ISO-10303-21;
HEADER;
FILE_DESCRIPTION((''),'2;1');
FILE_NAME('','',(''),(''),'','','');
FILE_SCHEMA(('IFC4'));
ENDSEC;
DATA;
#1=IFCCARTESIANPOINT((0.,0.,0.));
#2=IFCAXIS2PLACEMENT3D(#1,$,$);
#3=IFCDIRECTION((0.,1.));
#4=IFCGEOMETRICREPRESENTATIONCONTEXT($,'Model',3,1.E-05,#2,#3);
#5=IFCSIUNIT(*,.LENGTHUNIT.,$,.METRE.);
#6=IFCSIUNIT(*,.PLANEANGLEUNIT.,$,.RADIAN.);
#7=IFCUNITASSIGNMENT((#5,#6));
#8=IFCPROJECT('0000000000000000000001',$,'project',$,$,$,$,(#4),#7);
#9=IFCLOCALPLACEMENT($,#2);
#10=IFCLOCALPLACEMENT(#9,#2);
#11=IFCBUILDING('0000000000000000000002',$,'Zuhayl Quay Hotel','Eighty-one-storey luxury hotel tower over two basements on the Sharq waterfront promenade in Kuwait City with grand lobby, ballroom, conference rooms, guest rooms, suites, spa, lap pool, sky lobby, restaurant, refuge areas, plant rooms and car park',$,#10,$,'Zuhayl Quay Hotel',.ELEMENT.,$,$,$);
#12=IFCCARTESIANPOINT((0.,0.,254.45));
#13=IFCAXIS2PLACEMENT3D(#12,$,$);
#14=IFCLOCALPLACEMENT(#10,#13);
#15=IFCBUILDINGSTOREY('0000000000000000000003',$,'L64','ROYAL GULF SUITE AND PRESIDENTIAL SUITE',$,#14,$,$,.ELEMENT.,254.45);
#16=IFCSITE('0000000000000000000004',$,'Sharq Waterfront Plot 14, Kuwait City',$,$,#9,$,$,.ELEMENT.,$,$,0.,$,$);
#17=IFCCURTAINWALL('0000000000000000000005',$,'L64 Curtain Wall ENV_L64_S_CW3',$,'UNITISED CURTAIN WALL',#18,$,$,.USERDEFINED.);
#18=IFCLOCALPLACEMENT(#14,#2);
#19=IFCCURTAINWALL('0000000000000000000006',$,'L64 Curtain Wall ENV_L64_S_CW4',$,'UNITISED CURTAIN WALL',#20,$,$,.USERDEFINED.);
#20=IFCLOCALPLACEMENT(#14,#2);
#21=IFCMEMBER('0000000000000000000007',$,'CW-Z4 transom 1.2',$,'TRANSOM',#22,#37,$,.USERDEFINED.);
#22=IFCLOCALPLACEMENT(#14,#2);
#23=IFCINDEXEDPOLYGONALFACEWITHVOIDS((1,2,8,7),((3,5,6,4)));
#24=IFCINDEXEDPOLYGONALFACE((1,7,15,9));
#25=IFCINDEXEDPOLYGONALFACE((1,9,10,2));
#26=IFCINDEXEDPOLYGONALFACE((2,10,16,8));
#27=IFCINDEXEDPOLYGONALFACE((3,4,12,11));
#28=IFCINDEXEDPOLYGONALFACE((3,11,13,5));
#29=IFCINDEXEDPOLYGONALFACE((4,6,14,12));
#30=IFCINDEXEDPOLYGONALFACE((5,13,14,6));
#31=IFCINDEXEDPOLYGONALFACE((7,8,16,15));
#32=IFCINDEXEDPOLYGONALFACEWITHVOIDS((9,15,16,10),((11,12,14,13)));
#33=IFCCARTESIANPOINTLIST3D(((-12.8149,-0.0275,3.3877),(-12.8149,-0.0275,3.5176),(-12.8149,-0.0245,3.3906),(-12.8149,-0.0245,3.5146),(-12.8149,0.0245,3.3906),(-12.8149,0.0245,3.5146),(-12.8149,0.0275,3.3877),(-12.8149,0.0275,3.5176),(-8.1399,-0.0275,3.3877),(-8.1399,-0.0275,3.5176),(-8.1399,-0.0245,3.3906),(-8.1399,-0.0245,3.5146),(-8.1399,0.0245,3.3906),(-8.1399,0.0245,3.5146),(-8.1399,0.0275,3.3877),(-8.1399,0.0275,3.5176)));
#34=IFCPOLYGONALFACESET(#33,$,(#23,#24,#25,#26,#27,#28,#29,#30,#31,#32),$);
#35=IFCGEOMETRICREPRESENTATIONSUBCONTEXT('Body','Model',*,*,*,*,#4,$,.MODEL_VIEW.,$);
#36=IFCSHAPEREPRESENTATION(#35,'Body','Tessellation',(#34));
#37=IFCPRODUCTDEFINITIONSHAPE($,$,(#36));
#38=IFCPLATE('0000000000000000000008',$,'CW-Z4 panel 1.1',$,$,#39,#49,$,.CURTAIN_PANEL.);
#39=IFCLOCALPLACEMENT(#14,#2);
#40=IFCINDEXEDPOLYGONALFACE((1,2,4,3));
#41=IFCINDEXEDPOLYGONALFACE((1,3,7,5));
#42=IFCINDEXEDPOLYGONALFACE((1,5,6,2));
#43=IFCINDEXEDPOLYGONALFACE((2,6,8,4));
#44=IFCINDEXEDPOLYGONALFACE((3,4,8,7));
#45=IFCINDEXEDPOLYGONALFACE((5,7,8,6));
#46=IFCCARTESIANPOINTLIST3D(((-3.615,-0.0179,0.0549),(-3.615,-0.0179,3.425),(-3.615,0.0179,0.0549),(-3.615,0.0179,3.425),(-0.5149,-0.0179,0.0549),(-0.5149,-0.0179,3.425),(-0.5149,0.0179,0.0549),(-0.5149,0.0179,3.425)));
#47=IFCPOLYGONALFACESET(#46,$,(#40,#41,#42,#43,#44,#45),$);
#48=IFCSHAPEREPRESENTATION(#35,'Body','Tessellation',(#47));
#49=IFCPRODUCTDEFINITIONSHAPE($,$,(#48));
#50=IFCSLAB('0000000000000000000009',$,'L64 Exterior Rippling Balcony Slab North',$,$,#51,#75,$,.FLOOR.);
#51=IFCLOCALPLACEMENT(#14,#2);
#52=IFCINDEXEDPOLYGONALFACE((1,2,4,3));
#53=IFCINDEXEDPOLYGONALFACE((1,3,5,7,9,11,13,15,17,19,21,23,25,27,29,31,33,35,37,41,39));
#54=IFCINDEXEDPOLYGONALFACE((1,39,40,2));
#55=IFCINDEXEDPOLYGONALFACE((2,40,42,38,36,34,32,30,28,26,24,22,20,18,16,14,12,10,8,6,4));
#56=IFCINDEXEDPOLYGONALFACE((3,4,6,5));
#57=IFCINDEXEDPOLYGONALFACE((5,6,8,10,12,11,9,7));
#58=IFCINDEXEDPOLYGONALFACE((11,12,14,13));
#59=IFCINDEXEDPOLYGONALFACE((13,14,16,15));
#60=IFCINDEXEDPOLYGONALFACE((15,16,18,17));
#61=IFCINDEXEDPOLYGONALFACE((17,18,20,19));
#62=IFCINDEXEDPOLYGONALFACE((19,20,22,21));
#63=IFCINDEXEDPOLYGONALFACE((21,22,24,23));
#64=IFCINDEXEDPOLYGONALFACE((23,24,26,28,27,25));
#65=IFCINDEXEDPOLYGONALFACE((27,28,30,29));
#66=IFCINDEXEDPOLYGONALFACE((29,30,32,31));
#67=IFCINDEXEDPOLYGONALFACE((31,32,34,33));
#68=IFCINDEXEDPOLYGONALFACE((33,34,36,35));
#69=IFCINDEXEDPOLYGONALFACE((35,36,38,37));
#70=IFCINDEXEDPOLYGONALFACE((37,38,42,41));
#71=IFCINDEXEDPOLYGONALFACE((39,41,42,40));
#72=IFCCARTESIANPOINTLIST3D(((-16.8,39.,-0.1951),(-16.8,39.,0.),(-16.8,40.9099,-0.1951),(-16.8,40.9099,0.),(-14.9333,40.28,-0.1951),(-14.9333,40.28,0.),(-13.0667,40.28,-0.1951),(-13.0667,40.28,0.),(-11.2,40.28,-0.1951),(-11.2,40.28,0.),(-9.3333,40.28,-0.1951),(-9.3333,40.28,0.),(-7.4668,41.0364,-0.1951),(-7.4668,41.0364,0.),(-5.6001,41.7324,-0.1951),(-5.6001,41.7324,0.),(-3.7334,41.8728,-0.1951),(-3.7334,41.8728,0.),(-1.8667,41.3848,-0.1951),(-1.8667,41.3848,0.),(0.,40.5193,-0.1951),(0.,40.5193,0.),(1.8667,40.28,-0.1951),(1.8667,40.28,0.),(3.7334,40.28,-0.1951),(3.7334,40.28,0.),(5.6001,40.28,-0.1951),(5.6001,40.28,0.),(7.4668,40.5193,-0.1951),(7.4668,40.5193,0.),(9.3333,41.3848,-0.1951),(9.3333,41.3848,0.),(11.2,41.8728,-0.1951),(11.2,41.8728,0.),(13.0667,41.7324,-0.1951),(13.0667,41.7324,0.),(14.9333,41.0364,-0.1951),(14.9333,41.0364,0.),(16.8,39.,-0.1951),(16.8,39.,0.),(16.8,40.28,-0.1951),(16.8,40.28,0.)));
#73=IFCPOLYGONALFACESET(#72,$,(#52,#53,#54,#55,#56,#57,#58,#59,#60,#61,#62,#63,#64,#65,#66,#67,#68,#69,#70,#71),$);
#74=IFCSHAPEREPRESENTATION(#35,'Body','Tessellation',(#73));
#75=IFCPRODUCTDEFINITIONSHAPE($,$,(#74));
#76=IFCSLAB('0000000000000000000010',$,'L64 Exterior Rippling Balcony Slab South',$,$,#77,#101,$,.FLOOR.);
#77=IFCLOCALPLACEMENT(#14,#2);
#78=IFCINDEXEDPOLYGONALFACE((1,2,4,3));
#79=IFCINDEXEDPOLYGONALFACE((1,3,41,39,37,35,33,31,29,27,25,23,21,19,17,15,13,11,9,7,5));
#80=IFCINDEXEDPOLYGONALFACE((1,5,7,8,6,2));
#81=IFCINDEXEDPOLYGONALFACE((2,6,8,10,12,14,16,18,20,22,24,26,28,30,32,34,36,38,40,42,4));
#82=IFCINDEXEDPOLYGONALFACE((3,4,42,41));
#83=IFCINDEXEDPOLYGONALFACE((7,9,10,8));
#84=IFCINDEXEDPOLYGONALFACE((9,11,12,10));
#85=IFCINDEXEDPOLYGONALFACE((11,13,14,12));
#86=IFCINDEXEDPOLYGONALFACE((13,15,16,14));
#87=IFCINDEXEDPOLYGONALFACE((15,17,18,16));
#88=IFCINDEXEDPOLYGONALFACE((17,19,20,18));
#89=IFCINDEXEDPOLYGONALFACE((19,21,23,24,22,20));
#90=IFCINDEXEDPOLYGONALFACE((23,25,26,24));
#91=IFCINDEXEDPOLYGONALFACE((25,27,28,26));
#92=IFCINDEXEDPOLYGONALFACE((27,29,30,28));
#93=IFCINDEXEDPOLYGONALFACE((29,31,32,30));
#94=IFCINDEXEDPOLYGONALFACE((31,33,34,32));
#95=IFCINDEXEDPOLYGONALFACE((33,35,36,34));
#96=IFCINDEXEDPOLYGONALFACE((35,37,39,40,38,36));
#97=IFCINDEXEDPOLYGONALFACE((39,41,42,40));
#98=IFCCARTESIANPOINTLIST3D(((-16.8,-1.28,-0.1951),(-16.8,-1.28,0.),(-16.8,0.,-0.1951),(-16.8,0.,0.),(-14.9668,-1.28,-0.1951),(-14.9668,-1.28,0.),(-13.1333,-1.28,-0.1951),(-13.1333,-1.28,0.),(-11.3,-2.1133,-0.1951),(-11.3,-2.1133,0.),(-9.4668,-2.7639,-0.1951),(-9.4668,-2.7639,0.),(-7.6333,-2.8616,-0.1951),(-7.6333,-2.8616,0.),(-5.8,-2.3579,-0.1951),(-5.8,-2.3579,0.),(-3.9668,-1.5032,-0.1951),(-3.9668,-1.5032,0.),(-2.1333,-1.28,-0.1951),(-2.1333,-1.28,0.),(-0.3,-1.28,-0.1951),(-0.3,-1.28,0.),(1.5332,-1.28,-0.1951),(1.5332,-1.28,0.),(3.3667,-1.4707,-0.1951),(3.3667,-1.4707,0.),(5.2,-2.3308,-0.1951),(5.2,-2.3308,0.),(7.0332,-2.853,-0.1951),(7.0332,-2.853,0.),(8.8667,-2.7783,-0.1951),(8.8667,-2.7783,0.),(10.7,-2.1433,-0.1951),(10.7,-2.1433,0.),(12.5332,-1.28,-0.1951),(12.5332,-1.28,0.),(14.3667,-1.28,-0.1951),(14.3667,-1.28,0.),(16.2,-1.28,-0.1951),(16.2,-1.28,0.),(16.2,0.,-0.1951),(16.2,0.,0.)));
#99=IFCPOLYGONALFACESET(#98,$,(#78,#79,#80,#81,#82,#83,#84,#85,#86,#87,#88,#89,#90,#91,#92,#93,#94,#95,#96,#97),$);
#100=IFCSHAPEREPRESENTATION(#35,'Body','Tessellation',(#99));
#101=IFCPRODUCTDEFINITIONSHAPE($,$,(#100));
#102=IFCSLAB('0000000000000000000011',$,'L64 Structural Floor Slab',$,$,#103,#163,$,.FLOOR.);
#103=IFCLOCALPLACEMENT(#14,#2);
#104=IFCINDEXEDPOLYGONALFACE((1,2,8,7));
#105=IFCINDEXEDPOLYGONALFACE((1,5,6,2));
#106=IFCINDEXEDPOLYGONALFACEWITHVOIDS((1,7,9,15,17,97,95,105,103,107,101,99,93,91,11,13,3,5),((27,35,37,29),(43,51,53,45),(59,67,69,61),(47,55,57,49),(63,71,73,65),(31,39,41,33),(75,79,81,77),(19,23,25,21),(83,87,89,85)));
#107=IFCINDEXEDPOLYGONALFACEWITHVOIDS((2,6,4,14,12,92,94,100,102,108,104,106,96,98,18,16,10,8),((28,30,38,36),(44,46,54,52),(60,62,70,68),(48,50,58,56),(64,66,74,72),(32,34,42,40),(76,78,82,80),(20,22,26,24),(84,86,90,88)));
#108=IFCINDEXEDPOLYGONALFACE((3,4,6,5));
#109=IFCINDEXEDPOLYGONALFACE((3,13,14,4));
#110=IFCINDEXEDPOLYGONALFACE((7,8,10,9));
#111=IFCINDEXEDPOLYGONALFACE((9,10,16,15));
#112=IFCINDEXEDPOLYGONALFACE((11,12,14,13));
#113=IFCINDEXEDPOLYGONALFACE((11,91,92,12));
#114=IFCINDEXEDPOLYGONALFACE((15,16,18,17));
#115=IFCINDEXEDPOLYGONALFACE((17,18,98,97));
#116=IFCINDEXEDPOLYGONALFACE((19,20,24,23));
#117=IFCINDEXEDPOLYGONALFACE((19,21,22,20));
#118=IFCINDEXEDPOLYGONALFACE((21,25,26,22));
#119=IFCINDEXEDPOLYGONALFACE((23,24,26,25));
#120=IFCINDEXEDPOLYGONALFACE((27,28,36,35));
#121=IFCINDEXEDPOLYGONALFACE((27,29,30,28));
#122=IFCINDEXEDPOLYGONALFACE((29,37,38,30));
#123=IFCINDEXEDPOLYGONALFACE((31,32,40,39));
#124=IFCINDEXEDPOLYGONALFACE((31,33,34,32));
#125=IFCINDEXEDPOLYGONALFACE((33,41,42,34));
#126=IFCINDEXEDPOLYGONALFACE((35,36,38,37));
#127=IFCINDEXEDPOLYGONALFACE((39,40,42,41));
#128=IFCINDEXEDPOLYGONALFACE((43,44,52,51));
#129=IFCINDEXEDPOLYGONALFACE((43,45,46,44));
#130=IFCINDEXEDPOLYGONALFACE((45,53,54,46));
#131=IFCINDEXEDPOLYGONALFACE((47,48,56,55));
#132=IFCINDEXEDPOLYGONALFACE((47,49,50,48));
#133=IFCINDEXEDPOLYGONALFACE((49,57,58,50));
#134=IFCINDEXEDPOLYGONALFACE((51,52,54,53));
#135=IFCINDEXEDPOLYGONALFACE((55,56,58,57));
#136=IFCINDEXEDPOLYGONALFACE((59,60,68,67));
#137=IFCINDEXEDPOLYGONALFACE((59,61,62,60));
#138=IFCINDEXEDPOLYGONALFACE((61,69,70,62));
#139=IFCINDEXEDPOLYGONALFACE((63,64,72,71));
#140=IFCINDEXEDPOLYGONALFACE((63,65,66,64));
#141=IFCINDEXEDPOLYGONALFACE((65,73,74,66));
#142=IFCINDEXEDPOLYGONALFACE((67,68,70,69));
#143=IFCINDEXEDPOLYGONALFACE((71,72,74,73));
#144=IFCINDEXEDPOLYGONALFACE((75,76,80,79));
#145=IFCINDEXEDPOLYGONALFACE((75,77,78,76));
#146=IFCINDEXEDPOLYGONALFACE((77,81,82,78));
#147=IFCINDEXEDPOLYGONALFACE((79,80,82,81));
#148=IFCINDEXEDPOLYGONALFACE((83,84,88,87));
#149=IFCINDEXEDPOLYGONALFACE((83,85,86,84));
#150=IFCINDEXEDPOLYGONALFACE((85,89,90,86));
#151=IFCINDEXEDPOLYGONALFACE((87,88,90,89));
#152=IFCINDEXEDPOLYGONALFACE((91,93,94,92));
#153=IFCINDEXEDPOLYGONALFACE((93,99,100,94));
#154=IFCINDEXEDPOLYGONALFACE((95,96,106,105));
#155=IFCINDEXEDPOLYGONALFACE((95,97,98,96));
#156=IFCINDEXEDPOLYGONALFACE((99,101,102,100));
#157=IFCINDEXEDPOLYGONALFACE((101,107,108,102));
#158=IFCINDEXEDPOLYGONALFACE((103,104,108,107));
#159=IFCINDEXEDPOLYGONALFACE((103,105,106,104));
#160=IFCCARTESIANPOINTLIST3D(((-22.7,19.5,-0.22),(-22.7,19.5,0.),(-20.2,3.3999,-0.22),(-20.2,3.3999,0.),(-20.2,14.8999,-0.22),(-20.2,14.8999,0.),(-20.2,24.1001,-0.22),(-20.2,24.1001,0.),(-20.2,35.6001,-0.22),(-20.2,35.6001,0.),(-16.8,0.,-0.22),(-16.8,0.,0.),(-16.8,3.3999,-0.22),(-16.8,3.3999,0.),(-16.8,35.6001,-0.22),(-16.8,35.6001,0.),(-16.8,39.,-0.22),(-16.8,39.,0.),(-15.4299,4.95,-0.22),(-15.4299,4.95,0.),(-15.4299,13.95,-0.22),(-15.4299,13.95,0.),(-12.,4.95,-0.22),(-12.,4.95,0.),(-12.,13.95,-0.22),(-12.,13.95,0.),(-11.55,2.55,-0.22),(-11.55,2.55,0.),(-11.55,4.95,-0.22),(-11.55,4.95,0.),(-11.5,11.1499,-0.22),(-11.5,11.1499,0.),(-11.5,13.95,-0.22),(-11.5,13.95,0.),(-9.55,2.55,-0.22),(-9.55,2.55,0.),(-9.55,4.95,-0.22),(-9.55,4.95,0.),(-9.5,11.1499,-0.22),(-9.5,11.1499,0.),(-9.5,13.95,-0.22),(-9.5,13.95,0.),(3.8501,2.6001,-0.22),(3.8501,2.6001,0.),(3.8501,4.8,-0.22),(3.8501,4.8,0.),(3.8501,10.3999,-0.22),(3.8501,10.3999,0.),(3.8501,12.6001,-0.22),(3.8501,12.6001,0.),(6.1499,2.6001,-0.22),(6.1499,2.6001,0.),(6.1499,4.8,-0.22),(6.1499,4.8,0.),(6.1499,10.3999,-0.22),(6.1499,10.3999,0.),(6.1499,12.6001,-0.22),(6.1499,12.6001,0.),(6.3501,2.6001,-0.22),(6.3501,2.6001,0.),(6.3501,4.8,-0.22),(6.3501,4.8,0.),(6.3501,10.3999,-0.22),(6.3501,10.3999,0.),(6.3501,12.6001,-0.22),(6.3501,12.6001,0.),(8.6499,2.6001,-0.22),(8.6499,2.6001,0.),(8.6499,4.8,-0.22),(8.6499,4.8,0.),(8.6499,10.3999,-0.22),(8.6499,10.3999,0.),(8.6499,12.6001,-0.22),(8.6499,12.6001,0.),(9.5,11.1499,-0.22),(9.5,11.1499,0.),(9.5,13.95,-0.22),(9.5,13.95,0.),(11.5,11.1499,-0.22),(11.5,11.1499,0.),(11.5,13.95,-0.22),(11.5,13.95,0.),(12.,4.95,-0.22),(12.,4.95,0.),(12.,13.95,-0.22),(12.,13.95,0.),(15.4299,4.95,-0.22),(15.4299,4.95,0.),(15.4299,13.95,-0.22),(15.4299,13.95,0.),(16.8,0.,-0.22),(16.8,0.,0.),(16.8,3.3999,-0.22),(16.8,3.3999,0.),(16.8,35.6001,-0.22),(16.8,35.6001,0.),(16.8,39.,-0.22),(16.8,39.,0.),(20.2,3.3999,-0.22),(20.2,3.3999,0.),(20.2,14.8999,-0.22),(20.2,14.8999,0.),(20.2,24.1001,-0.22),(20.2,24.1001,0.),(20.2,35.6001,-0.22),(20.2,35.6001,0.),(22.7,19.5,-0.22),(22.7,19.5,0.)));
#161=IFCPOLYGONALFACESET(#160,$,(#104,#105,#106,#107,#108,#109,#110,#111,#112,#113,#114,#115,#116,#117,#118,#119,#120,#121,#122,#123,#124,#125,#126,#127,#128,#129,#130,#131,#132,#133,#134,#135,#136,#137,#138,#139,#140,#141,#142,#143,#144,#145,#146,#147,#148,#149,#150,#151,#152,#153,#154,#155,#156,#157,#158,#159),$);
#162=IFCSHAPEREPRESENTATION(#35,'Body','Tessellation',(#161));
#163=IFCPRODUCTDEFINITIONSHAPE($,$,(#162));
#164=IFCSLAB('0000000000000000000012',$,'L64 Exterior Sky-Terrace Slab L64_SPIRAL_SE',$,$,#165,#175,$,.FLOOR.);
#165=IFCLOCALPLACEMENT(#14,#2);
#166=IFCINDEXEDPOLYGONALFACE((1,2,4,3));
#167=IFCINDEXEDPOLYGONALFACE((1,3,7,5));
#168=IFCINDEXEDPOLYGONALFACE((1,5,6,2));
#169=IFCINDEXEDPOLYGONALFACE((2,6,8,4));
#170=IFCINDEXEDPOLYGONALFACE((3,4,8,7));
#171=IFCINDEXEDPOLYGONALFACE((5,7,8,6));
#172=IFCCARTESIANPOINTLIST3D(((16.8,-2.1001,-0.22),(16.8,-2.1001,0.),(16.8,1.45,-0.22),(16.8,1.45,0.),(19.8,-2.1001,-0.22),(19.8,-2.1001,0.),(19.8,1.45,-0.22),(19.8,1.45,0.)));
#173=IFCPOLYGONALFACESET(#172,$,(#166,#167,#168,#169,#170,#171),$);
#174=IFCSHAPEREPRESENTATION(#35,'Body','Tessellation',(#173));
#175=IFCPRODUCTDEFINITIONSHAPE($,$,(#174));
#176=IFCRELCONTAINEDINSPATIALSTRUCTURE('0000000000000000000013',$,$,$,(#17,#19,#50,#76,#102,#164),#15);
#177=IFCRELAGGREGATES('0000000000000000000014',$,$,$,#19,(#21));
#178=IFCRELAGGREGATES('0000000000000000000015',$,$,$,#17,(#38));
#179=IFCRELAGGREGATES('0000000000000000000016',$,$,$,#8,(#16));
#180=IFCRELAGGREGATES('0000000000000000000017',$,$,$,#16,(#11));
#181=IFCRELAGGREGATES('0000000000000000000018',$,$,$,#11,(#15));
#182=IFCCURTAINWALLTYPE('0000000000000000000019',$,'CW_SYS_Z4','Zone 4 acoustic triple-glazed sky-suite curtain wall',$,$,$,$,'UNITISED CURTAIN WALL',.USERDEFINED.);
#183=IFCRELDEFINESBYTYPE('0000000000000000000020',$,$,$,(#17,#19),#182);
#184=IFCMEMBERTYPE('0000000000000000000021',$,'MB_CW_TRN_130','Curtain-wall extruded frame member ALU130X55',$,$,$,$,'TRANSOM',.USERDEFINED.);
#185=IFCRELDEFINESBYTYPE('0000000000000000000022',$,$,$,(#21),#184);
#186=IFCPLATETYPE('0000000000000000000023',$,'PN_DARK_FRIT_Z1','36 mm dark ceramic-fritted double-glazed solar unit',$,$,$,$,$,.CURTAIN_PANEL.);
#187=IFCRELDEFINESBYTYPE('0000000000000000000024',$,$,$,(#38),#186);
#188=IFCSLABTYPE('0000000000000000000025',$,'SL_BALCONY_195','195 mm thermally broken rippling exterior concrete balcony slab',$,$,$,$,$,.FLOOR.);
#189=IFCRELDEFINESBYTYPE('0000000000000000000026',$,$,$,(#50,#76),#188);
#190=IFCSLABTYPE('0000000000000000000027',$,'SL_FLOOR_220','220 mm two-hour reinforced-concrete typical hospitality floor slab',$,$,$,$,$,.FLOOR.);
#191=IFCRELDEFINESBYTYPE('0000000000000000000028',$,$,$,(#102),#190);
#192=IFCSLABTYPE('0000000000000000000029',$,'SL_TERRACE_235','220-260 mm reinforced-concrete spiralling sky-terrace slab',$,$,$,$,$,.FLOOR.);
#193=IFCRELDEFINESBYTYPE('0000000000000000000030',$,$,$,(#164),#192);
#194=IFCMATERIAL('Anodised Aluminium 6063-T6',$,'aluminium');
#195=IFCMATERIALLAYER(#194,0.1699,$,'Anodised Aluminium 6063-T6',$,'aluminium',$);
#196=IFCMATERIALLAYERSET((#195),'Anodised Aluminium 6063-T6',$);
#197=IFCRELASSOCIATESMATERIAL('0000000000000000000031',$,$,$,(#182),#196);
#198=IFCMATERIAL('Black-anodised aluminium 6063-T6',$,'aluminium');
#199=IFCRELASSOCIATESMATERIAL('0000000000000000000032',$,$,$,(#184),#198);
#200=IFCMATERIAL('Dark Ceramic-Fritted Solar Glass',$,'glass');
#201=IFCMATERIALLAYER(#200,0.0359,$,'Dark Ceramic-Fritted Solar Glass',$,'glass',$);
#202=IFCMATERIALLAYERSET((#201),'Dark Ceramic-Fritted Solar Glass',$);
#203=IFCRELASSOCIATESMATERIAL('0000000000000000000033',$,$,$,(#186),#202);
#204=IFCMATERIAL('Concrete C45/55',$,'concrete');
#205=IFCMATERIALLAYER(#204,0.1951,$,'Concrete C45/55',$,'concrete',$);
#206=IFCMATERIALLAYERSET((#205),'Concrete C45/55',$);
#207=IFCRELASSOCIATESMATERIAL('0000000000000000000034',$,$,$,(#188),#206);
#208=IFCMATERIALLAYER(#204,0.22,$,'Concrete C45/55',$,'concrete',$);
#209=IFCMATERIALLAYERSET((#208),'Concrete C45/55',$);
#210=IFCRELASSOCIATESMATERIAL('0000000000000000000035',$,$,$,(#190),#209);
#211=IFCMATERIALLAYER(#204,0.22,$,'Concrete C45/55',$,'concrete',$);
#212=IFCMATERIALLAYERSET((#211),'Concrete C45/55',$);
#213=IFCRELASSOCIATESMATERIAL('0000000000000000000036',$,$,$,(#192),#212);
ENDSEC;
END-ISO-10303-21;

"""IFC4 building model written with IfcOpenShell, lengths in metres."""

from ifc_helpers import new_model, si_unit, direction, frame, origin, origin_2d, place, context, subcontext, project, spatial, polyline, rectangle, hollow_rectangle, outline, extrude, material, layer, layer_set, material_profile, profile_set, type_object, element, aggregate, save


model = new_model("IFC4")

# Units and contexts
model_context = context("Model", 3, precision=1e-05, world=origin(), true_north=direction((0.0, 1.0)))
body_context = subcontext(model_context, "Body", "Model", "MODEL_VIEW")
ifc_project = project(units=[si_unit("LENGTHUNIT", "METRE"), si_unit("PLANEANGLEUNIT", "RADIAN")], contexts=[model_context])

# Site, building, storey
site_placement = place(None, origin())
site = spatial("IfcSite", under=ifc_project, at=site_placement, Name="Sharq Waterfront Plot 14, Kuwait City", CompositionType="ELEMENT", RefElevation=0.0)
building_placement = place(site_placement, origin())
building = spatial("IfcBuilding", under=site, at=building_placement, Name="Zuhayl Quay Hotel", Description="Eighty-one-storey luxury hotel tower over two basements on the Sharq waterfront promenade in Kuwait City with grand lobby, ballroom, conference rooms, guest rooms, suites, spa, lap pool, sky lobby, restaurant, refuge areas, plant rooms and car park", LongName="Zuhayl Quay Hotel", CompositionType="ELEMENT")
storey_placement = place(building_placement, frame((0.0, 0.0, 254.45)))
storey = spatial("IfcBuildingStorey", under=building, at=storey_placement, Name="L64", Description="ROYAL GULF SUITE AND PRESIDENTIAL SUITE", CompositionType="ELEMENT", Elevation=254.45)

# Curtain wall
ifc_material_1 = material(Name="Anodised Aluminium 6063-T6", Category="aluminium")
ifc_layer_1 = layer(ifc_material_1, 0.1699, Name="Anodised Aluminium 6063-T6", Category="aluminium")
ifc_layer_set_1 = layer_set([ifc_layer_1], Name="Anodised Aluminium 6063-T6")
curtain_wall_type = type_object("IfcCurtainWallType", Name="CW_SYS_Z4", Description="Zone 4 acoustic triple-glazed sky-suite curtain wall", ElementType="UNITISED CURTAIN WALL", PredefinedType="USERDEFINED", material=ifc_layer_set_1)
curtain_wall_1_placement = place(storey_placement, origin())
curtain_wall_1 = element("IfcCurtainWall", 1, at=curtain_wall_1_placement, inside=storey, type_object=curtain_wall_type, Name="L64 Curtain Wall ENV_L64_S_CW3", ObjectType="UNITISED CURTAIN WALL", PredefinedType="USERDEFINED")
ifc_material_2 = material(Name="Black-anodised aluminium 6063-T6", Category="aluminium")

# Curtain wall
curtain_wall_2_placement = place(storey_placement, origin())
curtain_wall_2 = element("IfcCurtainWall", 2, at=curtain_wall_2_placement, inside=storey, type_object=curtain_wall_type, Name="L64 Curtain Wall ENV_L64_S_CW4", ObjectType="UNITISED CURTAIN WALL", PredefinedType="USERDEFINED")

# Member
ifc_material_profile_1 = material_profile(ifc_material_2, hollow_rectangle(XDim=0.0549, YDim=0.1299, WallThickness=0.0029, at=origin_2d()), Name="ALU130X55")
ifc_profile_set_1 = profile_set([ifc_material_profile_1], Name="Black-anodised aluminium 6063-T6")
member_type_1 = type_object("IfcMemberType", Name="MB_CW_TRN_130", Description="Curtain-wall extruded frame member ALU130X55", ElementType="TRANSOM", PredefinedType="USERDEFINED", material=ifc_profile_set_1)
member_1_placement = place(storey_placement, frame((-8.1399, 0.0, 3.4526), z_axis=(-1.0, 0.0, 0.0), x_axis=(0.0, -1.0, 0.0)))
member_1 = element("IfcMember", 3, at=member_1_placement, type_object=member_type_1, Name="CW-Z4 transom 1.2", ObjectType="TRANSOM", PredefinedType="USERDEFINED", context=body_context, shape_type="SweptSolid", body=[
    extrude(hollow_rectangle(XDim=0.0549, YDim=0.1299, WallThickness=0.0029, at=origin_2d()), origin(), (0.0, 0.0, 1.0), 4.675),
])
aggregate(curtain_wall_2, [member_1])

# Plate
ifc_material_3 = material(Name="Dark Ceramic-Fritted Solar Glass", Category="glass")
ifc_layer_2 = layer(ifc_material_3, 0.0359, Name="Dark Ceramic-Fritted Solar Glass", Category="glass")
ifc_layer_set_2 = layer_set([ifc_layer_2], Name="Dark Ceramic-Fritted Solar Glass")
plate_type = type_object("IfcPlateType", Name="PN_DARK_FRIT_Z1", Description="36 mm dark ceramic-fritted double-glazed solar unit", PredefinedType="CURTAIN_PANEL", material=ifc_layer_set_2)
plate_placement = place(storey_placement, frame((-2.0649, 0.0, 0.0549), z_axis=(0.0, 0.0, 1.0), x_axis=(-1.0, 0.0, 0.0)))
plate = element("IfcPlate", 4, at=plate_placement, type_object=plate_type, Name="CW-Z4 panel 1.1", PredefinedType="CURTAIN_PANEL", context=body_context, shape_type="SweptSolid", body=[
    extrude(rectangle(XDim=3.1001, YDim=0.0359, at=origin_2d()), origin(), (0.0, 0.0, 1.0), 3.3701),
])
aggregate(curtain_wall_1, [plate])

# Slabs
ifc_material_4 = material(Name="Concrete C45/55", Category="concrete")
ifc_layer_3 = layer(ifc_material_4, 0.1951, Name="Concrete C45/55", Category="concrete")
ifc_layer_set_3 = layer_set([ifc_layer_3], Name="Concrete C45/55")
slab_type_1 = type_object("IfcSlabType", Name="SL_BALCONY_195", Description="195 mm thermally broken rippling exterior concrete balcony slab", PredefinedType="FLOOR", material=ifc_layer_set_3)
slab_1_placement = place(storey_placement, frame((0.0, 0.0, -0.1951)))
element("IfcSlab", 5, at=slab_1_placement, inside=storey, type_object=slab_type_1, Name="L64 Exterior Rippling Balcony Slab North", PredefinedType="FLOOR", context=body_context, shape_type="SweptSolid", body=[
    extrude(outline(polyline([(-16.8, 39.0), (16.8, 39.0), (16.8, 40.28), (14.9333, 41.0364), (13.0667, 41.7324), (11.2, 41.8728), (9.3333, 41.3848), (7.4668, 40.5193), (5.6001, 40.28), (3.7334, 40.28), (1.8667, 40.28), (0.0, 40.5193), (-1.8667, 41.3848), (-3.7334, 41.8728), (-5.6001, 41.7324), (-7.4668, 41.0364), (-9.3333, 40.28), (-11.2, 40.28), (-13.0667, 40.28), (-14.9333, 40.28), (-16.8, 40.9099), (-16.8, 39.0)])), origin(), (0.0, 0.0, 1.0), 0.1951),
])
slab_2_placement = place(storey_placement, frame((0.0, 0.0, -0.1951)))
element("IfcSlab", 6, at=slab_2_placement, inside=storey, type_object=slab_type_1, Name="L64 Exterior Rippling Balcony Slab South", PredefinedType="FLOOR", context=body_context, shape_type="SweptSolid", body=[
    extrude(outline(polyline([(-16.8, -1.28), (-14.9668, -1.28), (-13.1333, -1.28), (-11.3, -2.1133), (-9.4668, -2.7639), (-7.6333, -2.8616), (-5.8, -2.3579), (-3.9668, -1.5032), (-2.1333, -1.28), (-0.3, -1.28), (1.5332, -1.28), (3.3667, -1.4707), (5.2, -2.3308), (7.0332, -2.853), (8.8667, -2.7783), (10.7, -2.1433), (12.5332, -1.28), (14.3667, -1.28), (16.2, -1.28), (16.2, 0.0), (-16.8, 0.0), (-16.8, -1.28)])), origin(), (0.0, 0.0, 1.0), 0.1951),
])
ifc_layer_4 = layer(ifc_material_4, 0.22, Name="Concrete C45/55", Category="concrete")
ifc_layer_set_4 = layer_set([ifc_layer_4], Name="Concrete C45/55")
slab_type_2 = type_object("IfcSlabType", Name="SL_FLOOR_220", Description="220 mm two-hour reinforced-concrete typical hospitality floor slab", PredefinedType="FLOOR", material=ifc_layer_set_4)
slab_3_placement = place(storey_placement, frame((0.0, 0.0, -0.22)))
element("IfcSlab", 7, at=slab_3_placement, inside=storey, type_object=slab_type_2, Name="L64 Structural Floor Slab", PredefinedType="FLOOR", context=body_context, shape_type="SweptSolid", body=[
    extrude(outline(polyline([(-16.8, 0.0), (16.8, 0.0), (16.8, 3.3999), (20.2, 3.3999), (20.2, 14.8999), (22.7, 19.5), (20.2, 24.1001), (20.2, 35.6001), (16.8, 35.6001), (16.8, 39.0), (-16.8, 39.0), (-16.8, 35.6001), (-20.2, 35.6001), (-20.2, 24.1001), (-22.7, 19.5), (-20.2, 14.8999), (-20.2, 3.3999), (-16.8, 3.3999), (-16.8, 0.0)]), holes=[polyline([(-12.0, 4.95), (-12.0, 13.95), (-15.4299, 13.95), (-15.4299, 4.95), (-12.0, 4.95)]), polyline([(15.4299, 4.95), (15.4299, 13.95), (12.0, 13.95), (12.0, 4.95), (15.4299, 4.95)]), polyline([(-11.5, 11.1499), (-9.5, 11.1499), (-9.5, 13.95), (-11.5, 13.95), (-11.5, 11.1499)]), polyline([(9.5, 11.1499), (11.5, 11.1499), (11.5, 13.95), (9.5, 13.95), (9.5, 11.1499)]), polyline([(3.8501, 2.6001), (6.1499, 2.6001), (6.1499, 4.8), (3.8501, 4.8), (3.8501, 2.6001)]), polyline([(6.3501, 2.6001), (8.6499, 2.6001), (8.6499, 4.8), (6.3501, 4.8), (6.3501, 2.6001)]), polyline([(3.8501, 10.3999), (6.1499, 10.3999), (6.1499, 12.6001), (3.8501, 12.6001), (3.8501, 10.3999)]), polyline([(6.3501, 10.3999), (8.6499, 10.3999), (8.6499, 12.6001), (6.3501, 12.6001), (6.3501, 10.3999)]), polyline([(-11.55, 2.55), (-9.55, 2.55), (-9.55, 4.95), (-11.55, 4.95), (-11.55, 2.55)])]), origin(), (0.0, 0.0, 1.0), 0.22),
])
ifc_layer_5 = layer(ifc_material_4, 0.22, Name="Concrete C45/55", Category="concrete")
ifc_layer_set_5 = layer_set([ifc_layer_5], Name="Concrete C45/55")
slab_type_3 = type_object("IfcSlabType", Name="SL_TERRACE_235", Description="220-260 mm reinforced-concrete spiralling sky-terrace slab", PredefinedType="FLOOR", material=ifc_layer_set_5)
slab_4_placement = place(storey_placement, frame((0.0, 0.0, -0.22)))
element("IfcSlab", 8, at=slab_4_placement, inside=storey, type_object=slab_type_3, Name="L64 Exterior Sky-Terrace Slab L64_SPIRAL_SE", PredefinedType="FLOOR", context=body_context, shape_type="SweptSolid", body=[
    extrude(outline(polyline([(16.8, -2.1001), (19.8, -2.1001), (19.8, 1.45), (16.8, 1.45), (16.8, -2.1001)])), origin(), (0.0, 0.0, 1.0), 0.22),
])

save(model, "model.ifc")
